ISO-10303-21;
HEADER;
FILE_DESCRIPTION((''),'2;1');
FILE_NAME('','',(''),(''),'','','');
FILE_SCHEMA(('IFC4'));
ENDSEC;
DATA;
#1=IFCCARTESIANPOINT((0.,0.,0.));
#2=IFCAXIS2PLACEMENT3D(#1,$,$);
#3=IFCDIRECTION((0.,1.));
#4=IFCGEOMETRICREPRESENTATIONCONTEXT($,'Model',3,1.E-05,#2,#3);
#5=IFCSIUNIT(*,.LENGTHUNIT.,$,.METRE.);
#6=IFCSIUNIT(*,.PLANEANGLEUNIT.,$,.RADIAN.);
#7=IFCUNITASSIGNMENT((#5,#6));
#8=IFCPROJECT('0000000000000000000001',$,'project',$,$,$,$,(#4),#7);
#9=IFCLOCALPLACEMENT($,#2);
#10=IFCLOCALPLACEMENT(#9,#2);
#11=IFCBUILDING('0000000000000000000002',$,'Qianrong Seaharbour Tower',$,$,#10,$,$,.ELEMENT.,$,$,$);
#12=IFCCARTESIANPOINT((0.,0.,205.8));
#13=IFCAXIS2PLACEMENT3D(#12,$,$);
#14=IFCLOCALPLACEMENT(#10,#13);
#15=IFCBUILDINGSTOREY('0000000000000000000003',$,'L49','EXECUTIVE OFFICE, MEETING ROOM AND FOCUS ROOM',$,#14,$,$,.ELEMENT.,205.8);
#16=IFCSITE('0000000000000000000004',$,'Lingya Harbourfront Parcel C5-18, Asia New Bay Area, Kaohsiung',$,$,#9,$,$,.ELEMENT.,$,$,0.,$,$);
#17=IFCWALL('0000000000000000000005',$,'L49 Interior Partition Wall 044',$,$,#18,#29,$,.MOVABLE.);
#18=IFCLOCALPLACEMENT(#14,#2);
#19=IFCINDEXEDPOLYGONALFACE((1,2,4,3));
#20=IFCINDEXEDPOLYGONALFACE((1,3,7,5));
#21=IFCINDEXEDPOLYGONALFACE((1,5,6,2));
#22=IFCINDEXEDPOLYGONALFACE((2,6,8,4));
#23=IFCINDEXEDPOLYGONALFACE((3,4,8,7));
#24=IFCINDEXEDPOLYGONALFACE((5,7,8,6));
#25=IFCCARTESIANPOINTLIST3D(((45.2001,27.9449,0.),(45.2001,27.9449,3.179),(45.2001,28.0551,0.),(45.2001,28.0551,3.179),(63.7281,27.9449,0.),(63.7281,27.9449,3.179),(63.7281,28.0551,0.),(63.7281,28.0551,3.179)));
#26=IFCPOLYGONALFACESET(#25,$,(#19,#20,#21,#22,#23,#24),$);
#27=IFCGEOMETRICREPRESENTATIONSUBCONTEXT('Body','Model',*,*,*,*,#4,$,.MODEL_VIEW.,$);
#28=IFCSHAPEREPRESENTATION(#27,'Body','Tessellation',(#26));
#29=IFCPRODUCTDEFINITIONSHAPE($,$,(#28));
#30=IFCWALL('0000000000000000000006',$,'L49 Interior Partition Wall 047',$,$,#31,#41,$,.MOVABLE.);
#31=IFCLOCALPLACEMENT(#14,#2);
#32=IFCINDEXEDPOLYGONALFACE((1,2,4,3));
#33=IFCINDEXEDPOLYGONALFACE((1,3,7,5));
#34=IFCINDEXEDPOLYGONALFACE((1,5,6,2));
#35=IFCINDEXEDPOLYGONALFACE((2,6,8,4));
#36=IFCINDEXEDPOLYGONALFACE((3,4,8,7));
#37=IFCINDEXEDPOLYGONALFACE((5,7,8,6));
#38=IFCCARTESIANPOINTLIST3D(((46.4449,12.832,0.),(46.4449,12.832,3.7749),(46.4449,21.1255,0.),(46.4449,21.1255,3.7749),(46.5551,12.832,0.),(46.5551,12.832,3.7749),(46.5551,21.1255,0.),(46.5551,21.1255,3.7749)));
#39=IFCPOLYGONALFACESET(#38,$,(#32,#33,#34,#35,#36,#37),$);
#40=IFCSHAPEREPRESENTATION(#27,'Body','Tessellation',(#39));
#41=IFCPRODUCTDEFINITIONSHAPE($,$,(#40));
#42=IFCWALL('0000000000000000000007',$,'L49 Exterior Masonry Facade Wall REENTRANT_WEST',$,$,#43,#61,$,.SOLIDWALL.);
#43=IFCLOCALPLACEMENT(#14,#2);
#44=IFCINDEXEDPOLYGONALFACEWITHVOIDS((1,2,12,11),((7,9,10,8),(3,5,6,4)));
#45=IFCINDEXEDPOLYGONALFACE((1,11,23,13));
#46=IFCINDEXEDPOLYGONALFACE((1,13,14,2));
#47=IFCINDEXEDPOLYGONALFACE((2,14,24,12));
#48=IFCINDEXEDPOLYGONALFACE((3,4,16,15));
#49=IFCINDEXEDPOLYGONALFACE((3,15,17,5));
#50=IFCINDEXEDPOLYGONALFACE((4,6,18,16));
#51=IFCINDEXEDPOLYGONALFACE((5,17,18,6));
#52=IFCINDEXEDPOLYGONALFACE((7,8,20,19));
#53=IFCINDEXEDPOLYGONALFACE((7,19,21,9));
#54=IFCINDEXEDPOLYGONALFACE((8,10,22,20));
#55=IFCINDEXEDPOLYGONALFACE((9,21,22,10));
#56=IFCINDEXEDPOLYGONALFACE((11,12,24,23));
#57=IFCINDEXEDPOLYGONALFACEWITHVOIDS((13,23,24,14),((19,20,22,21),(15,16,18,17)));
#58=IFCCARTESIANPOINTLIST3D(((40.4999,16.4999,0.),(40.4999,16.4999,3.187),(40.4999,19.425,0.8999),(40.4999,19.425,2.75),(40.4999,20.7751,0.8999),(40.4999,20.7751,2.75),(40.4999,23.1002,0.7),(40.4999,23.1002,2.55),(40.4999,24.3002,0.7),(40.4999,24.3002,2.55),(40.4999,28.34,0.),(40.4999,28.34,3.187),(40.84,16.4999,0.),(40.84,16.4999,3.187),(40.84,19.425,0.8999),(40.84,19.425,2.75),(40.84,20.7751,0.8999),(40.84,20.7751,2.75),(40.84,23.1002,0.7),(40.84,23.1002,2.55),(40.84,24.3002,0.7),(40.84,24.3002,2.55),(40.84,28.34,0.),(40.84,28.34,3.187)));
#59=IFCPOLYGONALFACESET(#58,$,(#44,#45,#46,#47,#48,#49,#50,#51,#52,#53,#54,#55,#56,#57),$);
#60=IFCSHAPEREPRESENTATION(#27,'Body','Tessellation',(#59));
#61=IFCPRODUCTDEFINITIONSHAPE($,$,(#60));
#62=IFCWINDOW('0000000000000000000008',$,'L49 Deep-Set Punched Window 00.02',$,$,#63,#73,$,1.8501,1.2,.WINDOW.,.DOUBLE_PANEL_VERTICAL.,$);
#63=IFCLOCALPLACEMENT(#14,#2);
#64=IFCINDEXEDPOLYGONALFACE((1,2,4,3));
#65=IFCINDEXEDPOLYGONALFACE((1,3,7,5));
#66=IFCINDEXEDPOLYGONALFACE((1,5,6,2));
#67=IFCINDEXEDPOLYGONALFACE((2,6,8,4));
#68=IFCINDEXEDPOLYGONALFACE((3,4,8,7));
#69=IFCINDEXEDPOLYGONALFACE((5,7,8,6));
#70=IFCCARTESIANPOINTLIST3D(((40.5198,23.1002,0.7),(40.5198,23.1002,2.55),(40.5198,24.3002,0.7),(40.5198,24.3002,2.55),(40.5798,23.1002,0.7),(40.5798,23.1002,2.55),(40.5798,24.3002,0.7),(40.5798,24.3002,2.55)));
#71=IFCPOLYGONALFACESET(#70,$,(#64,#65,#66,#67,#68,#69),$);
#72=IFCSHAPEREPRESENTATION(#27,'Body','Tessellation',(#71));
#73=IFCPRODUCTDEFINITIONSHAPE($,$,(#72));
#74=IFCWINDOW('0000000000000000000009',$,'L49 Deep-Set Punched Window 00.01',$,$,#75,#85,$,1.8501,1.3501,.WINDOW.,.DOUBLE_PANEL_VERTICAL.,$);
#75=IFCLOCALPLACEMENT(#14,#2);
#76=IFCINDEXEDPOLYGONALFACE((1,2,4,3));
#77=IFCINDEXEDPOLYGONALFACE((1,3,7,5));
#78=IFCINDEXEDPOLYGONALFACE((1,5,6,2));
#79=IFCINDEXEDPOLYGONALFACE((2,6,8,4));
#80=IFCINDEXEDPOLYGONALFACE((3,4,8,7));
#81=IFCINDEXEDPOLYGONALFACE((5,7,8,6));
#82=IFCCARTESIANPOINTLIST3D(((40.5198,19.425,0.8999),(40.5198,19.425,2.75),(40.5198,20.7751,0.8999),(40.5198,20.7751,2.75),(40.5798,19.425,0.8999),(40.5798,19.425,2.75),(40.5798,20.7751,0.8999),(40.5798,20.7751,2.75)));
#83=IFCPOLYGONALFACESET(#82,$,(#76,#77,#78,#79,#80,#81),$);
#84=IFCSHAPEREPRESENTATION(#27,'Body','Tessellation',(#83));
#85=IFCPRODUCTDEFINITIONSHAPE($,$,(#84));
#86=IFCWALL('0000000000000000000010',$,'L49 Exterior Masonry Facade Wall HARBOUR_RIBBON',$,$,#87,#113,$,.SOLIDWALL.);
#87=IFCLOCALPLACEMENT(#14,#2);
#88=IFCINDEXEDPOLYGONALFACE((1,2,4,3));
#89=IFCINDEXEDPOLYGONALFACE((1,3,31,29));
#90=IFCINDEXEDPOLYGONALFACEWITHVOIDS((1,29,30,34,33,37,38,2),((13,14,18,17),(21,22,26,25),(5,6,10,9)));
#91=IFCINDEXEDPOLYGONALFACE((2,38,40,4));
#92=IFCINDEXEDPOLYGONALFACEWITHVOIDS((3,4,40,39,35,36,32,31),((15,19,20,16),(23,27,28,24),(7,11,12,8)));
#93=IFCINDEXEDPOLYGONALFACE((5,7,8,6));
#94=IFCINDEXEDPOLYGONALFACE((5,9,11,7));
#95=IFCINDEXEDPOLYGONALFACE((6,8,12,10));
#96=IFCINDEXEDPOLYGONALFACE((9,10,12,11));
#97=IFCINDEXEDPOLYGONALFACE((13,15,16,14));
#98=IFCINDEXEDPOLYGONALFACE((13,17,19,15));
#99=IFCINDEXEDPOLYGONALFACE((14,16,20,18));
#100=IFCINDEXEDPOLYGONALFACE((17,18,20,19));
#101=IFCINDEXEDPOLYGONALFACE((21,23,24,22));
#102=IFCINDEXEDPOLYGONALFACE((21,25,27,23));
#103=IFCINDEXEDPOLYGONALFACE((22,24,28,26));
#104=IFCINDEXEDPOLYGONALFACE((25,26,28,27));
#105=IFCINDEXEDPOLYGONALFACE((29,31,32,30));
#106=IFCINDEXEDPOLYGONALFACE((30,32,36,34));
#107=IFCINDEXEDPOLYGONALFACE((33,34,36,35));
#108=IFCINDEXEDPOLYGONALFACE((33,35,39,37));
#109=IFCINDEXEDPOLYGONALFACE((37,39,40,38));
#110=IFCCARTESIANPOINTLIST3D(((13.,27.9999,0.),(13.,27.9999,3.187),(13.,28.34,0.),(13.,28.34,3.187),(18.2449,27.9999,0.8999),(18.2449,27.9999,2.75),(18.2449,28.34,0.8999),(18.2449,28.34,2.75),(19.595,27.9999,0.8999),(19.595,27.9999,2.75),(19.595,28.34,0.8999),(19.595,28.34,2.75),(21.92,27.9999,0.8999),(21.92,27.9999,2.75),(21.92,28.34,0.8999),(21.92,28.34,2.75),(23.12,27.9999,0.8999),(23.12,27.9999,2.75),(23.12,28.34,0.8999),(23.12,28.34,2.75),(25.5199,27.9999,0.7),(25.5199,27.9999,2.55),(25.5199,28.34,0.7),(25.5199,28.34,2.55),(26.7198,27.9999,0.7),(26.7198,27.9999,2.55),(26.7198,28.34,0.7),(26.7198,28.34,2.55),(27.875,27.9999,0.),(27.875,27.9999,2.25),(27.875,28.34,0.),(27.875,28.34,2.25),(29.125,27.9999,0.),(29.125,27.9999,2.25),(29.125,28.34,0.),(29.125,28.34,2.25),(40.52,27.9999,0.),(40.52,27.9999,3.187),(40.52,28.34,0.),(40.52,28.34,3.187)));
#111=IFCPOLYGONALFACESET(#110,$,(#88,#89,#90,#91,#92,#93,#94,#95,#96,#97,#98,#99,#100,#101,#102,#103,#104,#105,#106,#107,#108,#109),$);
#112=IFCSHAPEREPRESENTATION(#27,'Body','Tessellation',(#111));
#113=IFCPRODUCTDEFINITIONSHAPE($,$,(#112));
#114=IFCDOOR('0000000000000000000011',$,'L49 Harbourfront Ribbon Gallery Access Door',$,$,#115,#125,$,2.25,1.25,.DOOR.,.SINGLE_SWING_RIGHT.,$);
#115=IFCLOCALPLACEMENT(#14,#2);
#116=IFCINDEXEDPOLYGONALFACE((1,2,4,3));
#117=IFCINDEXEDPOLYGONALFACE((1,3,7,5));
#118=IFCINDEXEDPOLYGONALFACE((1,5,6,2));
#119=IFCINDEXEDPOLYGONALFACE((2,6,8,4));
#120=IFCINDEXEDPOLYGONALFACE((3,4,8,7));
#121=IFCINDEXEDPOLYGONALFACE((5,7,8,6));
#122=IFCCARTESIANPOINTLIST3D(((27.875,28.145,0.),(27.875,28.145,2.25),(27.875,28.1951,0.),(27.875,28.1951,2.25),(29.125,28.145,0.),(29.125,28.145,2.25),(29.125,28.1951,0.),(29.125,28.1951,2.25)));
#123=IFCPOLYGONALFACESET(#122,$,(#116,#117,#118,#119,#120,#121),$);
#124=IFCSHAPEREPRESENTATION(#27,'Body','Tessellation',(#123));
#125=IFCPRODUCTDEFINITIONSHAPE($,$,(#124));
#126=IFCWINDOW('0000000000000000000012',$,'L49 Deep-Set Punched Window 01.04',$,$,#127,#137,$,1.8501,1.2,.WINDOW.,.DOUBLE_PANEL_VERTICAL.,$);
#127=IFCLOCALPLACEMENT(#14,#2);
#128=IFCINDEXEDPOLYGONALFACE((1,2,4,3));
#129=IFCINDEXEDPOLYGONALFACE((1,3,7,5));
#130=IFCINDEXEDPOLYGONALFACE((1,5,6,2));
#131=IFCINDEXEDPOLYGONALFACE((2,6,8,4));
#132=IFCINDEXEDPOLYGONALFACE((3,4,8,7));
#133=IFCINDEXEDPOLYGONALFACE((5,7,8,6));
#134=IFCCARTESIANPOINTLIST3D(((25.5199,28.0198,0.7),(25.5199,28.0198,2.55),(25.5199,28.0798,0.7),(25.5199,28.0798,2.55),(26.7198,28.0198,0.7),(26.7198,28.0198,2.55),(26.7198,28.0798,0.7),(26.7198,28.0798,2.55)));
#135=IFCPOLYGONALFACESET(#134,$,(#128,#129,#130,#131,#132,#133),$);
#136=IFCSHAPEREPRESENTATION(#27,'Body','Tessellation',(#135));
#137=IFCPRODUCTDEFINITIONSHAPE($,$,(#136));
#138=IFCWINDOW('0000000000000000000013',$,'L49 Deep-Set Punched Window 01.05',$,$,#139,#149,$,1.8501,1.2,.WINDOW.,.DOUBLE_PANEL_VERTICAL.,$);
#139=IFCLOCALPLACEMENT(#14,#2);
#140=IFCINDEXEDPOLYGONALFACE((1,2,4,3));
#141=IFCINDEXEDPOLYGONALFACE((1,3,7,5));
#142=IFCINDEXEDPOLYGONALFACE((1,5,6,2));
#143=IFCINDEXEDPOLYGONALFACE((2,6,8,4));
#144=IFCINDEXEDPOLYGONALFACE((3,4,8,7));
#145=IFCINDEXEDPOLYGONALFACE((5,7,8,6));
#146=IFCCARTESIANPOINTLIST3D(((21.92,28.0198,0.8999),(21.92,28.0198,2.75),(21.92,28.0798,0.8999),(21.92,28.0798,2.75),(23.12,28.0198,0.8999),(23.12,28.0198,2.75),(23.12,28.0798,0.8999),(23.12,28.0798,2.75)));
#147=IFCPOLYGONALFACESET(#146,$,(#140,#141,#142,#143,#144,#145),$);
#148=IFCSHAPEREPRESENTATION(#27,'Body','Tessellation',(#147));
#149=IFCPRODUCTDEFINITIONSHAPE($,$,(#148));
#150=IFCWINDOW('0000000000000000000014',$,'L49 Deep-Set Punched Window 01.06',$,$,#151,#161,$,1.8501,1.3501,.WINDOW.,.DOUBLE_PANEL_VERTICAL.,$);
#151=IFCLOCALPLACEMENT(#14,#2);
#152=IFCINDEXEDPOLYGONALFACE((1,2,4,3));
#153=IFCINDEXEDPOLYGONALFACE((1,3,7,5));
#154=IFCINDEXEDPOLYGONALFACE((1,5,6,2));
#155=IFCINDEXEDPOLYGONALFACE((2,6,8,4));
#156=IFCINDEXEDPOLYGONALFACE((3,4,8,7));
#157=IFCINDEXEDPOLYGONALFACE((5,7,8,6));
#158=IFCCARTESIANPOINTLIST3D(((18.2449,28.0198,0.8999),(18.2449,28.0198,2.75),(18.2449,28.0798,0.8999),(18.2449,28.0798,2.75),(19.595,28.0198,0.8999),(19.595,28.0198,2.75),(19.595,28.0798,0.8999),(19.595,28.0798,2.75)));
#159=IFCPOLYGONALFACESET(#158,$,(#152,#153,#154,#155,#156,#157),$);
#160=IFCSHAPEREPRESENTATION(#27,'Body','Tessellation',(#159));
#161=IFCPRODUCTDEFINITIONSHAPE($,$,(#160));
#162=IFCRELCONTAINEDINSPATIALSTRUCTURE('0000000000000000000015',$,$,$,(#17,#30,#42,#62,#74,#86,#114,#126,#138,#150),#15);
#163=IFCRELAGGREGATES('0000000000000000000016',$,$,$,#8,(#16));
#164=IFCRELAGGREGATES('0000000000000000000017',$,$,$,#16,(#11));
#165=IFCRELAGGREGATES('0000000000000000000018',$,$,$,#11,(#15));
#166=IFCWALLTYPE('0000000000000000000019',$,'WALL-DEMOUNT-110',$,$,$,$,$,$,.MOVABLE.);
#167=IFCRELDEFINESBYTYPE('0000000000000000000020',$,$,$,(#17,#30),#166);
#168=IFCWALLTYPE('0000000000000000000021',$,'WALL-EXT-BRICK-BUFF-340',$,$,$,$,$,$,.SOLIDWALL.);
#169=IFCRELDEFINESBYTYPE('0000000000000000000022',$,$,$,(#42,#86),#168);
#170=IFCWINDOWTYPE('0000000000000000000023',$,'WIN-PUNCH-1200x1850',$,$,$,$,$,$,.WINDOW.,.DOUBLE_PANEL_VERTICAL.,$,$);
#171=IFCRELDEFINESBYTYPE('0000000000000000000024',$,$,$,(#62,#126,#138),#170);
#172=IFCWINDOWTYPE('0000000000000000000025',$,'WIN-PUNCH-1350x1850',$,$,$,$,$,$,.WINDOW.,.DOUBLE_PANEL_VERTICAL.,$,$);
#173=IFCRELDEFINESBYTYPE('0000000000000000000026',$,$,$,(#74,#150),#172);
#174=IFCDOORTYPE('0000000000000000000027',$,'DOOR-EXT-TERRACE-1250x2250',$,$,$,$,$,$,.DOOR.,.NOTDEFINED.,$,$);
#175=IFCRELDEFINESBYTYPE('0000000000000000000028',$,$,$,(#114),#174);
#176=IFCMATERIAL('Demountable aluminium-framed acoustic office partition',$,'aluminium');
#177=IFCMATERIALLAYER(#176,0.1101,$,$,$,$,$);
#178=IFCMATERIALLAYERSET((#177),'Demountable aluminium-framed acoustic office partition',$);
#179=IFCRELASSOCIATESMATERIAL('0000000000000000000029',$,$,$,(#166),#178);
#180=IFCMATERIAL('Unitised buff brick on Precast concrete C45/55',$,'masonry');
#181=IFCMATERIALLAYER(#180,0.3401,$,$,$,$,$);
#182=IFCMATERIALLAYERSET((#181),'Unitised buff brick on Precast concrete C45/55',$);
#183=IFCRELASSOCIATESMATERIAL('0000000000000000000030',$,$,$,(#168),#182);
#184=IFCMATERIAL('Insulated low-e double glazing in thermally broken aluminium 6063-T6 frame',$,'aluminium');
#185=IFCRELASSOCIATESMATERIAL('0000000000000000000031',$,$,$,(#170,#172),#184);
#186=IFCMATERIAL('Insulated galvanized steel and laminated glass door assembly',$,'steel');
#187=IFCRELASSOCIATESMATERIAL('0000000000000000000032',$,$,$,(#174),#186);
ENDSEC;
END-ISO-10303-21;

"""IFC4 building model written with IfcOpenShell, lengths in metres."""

from ifc_helpers import new_model, si_unit, direction, frame, frame_2d, origin, place, context, subcontext, project, spatial, rectangle, extrude, material, layer, layer_set, type_object, element, fill, save


model = new_model("IFC4")

# Units and contexts
model_context = context("Model", 3, precision=1e-05, world=origin(), true_north=direction((0.0, 1.0)))
body_context = subcontext(model_context, "Body", "Model", "MODEL_VIEW")
ifc_project = project(units=[si_unit("LENGTHUNIT", "METRE"), si_unit("PLANEANGLEUNIT", "RADIAN")], contexts=[model_context])

# Site, building, storey
site_placement = place(None, origin())
site = spatial("IfcSite", under=ifc_project, at=site_placement, Name="Lingya Harbourfront Parcel C5-18, Asia New Bay Area, Kaohsiung", CompositionType="ELEMENT", RefElevation=0.0)
building_placement = place(site_placement, origin())
building = spatial("IfcBuilding", under=site, at=building_placement, Name="Qianrong Seaharbour Tower", CompositionType="ELEMENT")
storey_placement = place(building_placement, frame((0.0, 0.0, 205.8)))
storey = spatial("IfcBuildingStorey", under=building, at=storey_placement, Name="L49", Description="EXECUTIVE OFFICE, MEETING ROOM AND FOCUS ROOM", CompositionType="ELEMENT", Elevation=205.8)

# Walls
ifc_material_1 = material(Name="Demountable aluminium-framed acoustic office partition", Category="aluminium")
ifc_layer_1 = layer(ifc_material_1, 0.1101)
ifc_layer_set_1 = layer_set([ifc_layer_1], Name="Demountable aluminium-framed acoustic office partition")
wall_type_1 = type_object("IfcWallType", Name="WALL-DEMOUNT-110", PredefinedType="MOVABLE", material=ifc_layer_set_1)
wall_1_placement = place(storey_placement, frame((45.2, 28.0, 0.0), z_axis=(0.0, 0.0, 1.0), x_axis=(1.0, 0.0, 0.0)))
element("IfcWall", 1, at=wall_1_placement, inside=storey, type_object=wall_type_1, Name="L49 Interior Partition Wall 044", PredefinedType="MOVABLE", context=body_context, shape_type="SweptSolid", body=[
    extrude(rectangle(XDim=18.5281, YDim=0.1101, at=frame_2d((9.2642, 0.0))), origin(), (0.0, 0.0, 1.0), 3.179),
])
wall_2_placement = place(storey_placement, frame((46.5, 21.1255, 0.0), z_axis=(0.0, 0.0, 1.0), x_axis=(0.0, -1.0, 0.0)))
element("IfcWall", 2, at=wall_2_placement, inside=storey, type_object=wall_type_1, Name="L49 Interior Partition Wall 047", PredefinedType="MOVABLE", context=body_context, shape_type="SweptSolid", body=[
    extrude(rectangle(XDim=8.2935, YDim=0.1101, at=frame_2d((4.1467, 0.0))), origin(), (0.0, 0.0, 1.0), 3.7749),
])

# Wall, openings, windows
ifc_material_2 = material(Name="Unitised buff brick on Precast concrete C45/55", Category="masonry")
ifc_layer_2 = layer(ifc_material_2, 0.3401)
ifc_layer_set_2 = layer_set([ifc_layer_2], Name="Unitised buff brick on Precast concrete C45/55")
wall_type_2 = type_object("IfcWallType", Name="WALL-EXT-BRICK-BUFF-340", PredefinedType="SOLIDWALL", material=ifc_layer_set_2)
wall_3_placement = place(storey_placement, frame((40.6699, 16.5, 0.0), z_axis=(0.0, 0.0, 1.0), x_axis=(0.0, 1.0, 0.0)))
wall_3 = element("IfcWall", 3, at=wall_3_placement, inside=storey, type_object=wall_type_2, Name="L49 Exterior Masonry Facade Wall REENTRANT_WEST", PredefinedType="SOLIDWALL", context=body_context, shape_type="SweptSolid", body=[
    extrude(rectangle(XDim=11.8401, YDim=0.3401, at=frame_2d((5.9199, 0.0))), origin(), (0.0, 0.0, 1.0), 3.187),
])
opening_1_placement = place(wall_3_placement, frame((2.925, 0.0, 0.8999)))
opening_1 = element("IfcOpeningElement", 4, at=opening_1_placement, cuts=wall_3, PredefinedType="OPENING", context=body_context, shape_type="SweptSolid", body=[
    extrude(rectangle(XDim=1.3501, YDim=1.8501, at=frame_2d((0.675, 0.925))), frame((0.0, 0.1802, 0.0), z_axis=(0.0, -1.0, 0.0), x_axis=(1.0, 0.0, 0.0)), (0.0, 0.0, 1.0), 0.3601),
])
opening_2_placement = place(wall_3_placement, frame((6.6001, 0.0, 0.7)))
opening_2 = element("IfcOpeningElement", 5, at=opening_2_placement, cuts=wall_3, PredefinedType="OPENING", context=body_context, shape_type="SweptSolid", body=[
    extrude(rectangle(XDim=1.2, YDim=1.8501, at=frame_2d((0.6001, 0.925))), frame((0.0, 0.1802, 0.0), z_axis=(0.0, -1.0, 0.0), x_axis=(1.0, 0.0, 0.0)), (0.0, 0.0, 1.0), 0.3601),
])
ifc_material_3 = material(Name="Insulated low-e double glazing in thermally broken aluminium 6063-T6 frame", Category="aluminium")
window_type_1 = type_object("IfcWindowType", Name="WIN-PUNCH-1200x1850", PartitioningType="DOUBLE_PANEL_VERTICAL", PredefinedType="WINDOW", material=ifc_material_3)
window_1_placement = place(opening_2_placement, origin())
window_1 = element("IfcWindow", 6, at=window_1_placement, inside=storey, type_object=window_type_1, Name="L49 Deep-Set Punched Window 00.02", OverallHeight=1.8501, OverallWidth=1.2, PartitioningType="DOUBLE_PANEL_VERTICAL", PredefinedType="WINDOW", context=body_context, shape_type="SweptSolid", body=[
    extrude(rectangle(XDim=1.2, YDim=1.8501, at=frame_2d((0.6001, 0.925))), frame((0.0, 0.1501, 0.0), z_axis=(0.0, -1.0, 0.0), x_axis=(1.0, 0.0, 0.0)), (0.0, 0.0, 1.0), 0.0601),
])
fill(opening_2, window_1)
window_type_2 = type_object("IfcWindowType", Name="WIN-PUNCH-1350x1850", PartitioningType="DOUBLE_PANEL_VERTICAL", PredefinedType="WINDOW", material=ifc_material_3)
window_2_placement = place(opening_1_placement, origin())
window_2 = element("IfcWindow", 7, at=window_2_placement, inside=storey, type_object=window_type_2, Name="L49 Deep-Set Punched Window 00.01", OverallHeight=1.8501, OverallWidth=1.3501, PartitioningType="DOUBLE_PANEL_VERTICAL", PredefinedType="WINDOW", context=body_context, shape_type="SweptSolid", body=[
    extrude(rectangle(XDim=1.3501, YDim=1.8501, at=frame_2d((0.675, 0.925))), frame((0.0, 0.1501, 0.0), z_axis=(0.0, -1.0, 0.0), x_axis=(1.0, 0.0, 0.0)), (0.0, 0.0, 1.0), 0.0601),
])
fill(opening_1, window_2)

# Wall, openings, door, windows
wall_4_placement = place(storey_placement, frame((40.52, 28.1699, 0.0), z_axis=(0.0, 0.0, 1.0), x_axis=(-1.0, 0.0, 0.0)))
wall_4 = element("IfcWall", 8, at=wall_4_placement, inside=storey, type_object=wall_type_2, Name="L49 Exterior Masonry Facade Wall HARBOUR_RIBBON", PredefinedType="SOLIDWALL", context=body_context, shape_type="SweptSolid", body=[
    extrude(rectangle(XDim=27.52, YDim=0.3401, at=frame_2d((13.76, 0.0))), origin(), (0.0, 0.0, 1.0), 3.187),
])
opening_3_placement = place(wall_4_placement, frame((13.8, 0.0, 0.7)))
opening_3 = element("IfcOpeningElement", 9, at=opening_3_placement, cuts=wall_4, PredefinedType="OPENING", context=body_context, shape_type="SweptSolid", body=[
    extrude(rectangle(XDim=1.2, YDim=1.8501, at=frame_2d((0.6001, 0.925))), frame((0.0, 0.1802, 0.0), z_axis=(0.0, -1.0, 0.0), x_axis=(1.0, 0.0, 0.0)), (0.0, 0.0, 1.0), 0.3601),
])
opening_4_placement = place(wall_4_placement, frame((17.3999, 0.0, 0.8999)))
opening_4 = element("IfcOpeningElement", 10, at=opening_4_placement, cuts=wall_4, PredefinedType="OPENING", context=body_context, shape_type="SweptSolid", body=[
    extrude(rectangle(XDim=1.2, YDim=1.8501, at=frame_2d((0.6001, 0.925))), frame((0.0, 0.1802, 0.0), z_axis=(0.0, -1.0, 0.0), x_axis=(1.0, 0.0, 0.0)), (0.0, 0.0, 1.0), 0.3601),
])
opening_5_placement = place(wall_4_placement, frame((20.925, 0.0, 0.8999)))
opening_5 = element("IfcOpeningElement", 11, at=opening_5_placement, cuts=wall_4, PredefinedType="OPENING", context=body_context, shape_type="SweptSolid", body=[
    extrude(rectangle(XDim=1.3501, YDim=1.8501, at=frame_2d((0.675, 0.925))), frame((0.0, 0.1802, 0.0), z_axis=(0.0, -1.0, 0.0), x_axis=(1.0, 0.0, 0.0)), (0.0, 0.0, 1.0), 0.3601),
])
opening_6_placement = place(wall_4_placement, frame((11.395, 0.0, 0.0)))
opening_6 = element("IfcOpeningElement", 12, at=opening_6_placement, cuts=wall_4, PredefinedType="OPENING", context=body_context, shape_type="SweptSolid", body=[
    extrude(rectangle(XDim=1.25, YDim=2.25, at=frame_2d((0.625, 1.125))), frame((0.0, 0.1802, 0.0), z_axis=(0.0, -1.0, 0.0), x_axis=(1.0, 0.0, 0.0)), (0.0, 0.0, 1.0), 0.3601),
])
ifc_material_4 = material(Name="Insulated galvanized steel and laminated glass door assembly", Category="steel")
door_type_1 = type_object("IfcDoorType", Name="DOOR-EXT-TERRACE-1250x2250", OperationType="NOTDEFINED", PredefinedType="DOOR", material=ifc_material_4)
door_1_placement = place(opening_6_placement, origin())
door_1 = element("IfcDoor", 13, at=door_1_placement, inside=storey, type_object=door_type_1, Name="L49 Harbourfront Ribbon Gallery Access Door", OperationType="SINGLE_SWING_RIGHT", OverallHeight=2.25, OverallWidth=1.25, PredefinedType="DOOR", context=body_context, shape_type="SweptSolid", body=[
    extrude(rectangle(XDim=1.25, YDim=2.25, at=frame_2d((0.625, 1.125))), frame((0.0, 0.0249, 0.0), z_axis=(0.0, -1.0, 0.0), x_axis=(1.0, 0.0, 0.0)), (0.0, 0.0, 1.0), 0.05),
])
fill(opening_6, door_1)
window_3_placement = place(opening_3_placement, origin())
window_3 = element("IfcWindow", 14, at=window_3_placement, inside=storey, type_object=window_type_1, Name="L49 Deep-Set Punched Window 01.04", OverallHeight=1.8501, OverallWidth=1.2, PartitioningType="DOUBLE_PANEL_VERTICAL", PredefinedType="WINDOW", context=body_context, shape_type="SweptSolid", body=[
    extrude(rectangle(XDim=1.2, YDim=1.8501, at=frame_2d((0.6001, 0.925))), frame((0.0, 0.1501, 0.0), z_axis=(0.0, -1.0, 0.0), x_axis=(1.0, 0.0, 0.0)), (0.0, 0.0, 1.0), 0.0601),
])
fill(opening_3, window_3)
window_4_placement = place(opening_4_placement, origin())
window_4 = element("IfcWindow", 15, at=window_4_placement, inside=storey, type_object=window_type_1, Name="L49 Deep-Set Punched Window 01.05", OverallHeight=1.8501, OverallWidth=1.2, PartitioningType="DOUBLE_PANEL_VERTICAL", PredefinedType="WINDOW", context=body_context, shape_type="SweptSolid", body=[
    extrude(rectangle(XDim=1.2, YDim=1.8501, at=frame_2d((0.6001, 0.925))), frame((0.0, 0.1501, 0.0), z_axis=(0.0, -1.0, 0.0), x_axis=(1.0, 0.0, 0.0)), (0.0, 0.0, 1.0), 0.0601),
])
fill(opening_4, window_4)
window_5_placement = place(opening_5_placement, origin())
window_5 = element("IfcWindow", 16, at=window_5_placement, inside=storey, type_object=window_type_2, Name="L49 Deep-Set Punched Window 01.06", OverallHeight=1.8501, OverallWidth=1.3501, PartitioningType="DOUBLE_PANEL_VERTICAL", PredefinedType="WINDOW", context=body_context, shape_type="SweptSolid", body=[
    extrude(rectangle(XDim=1.3501, YDim=1.8501, at=frame_2d((0.675, 0.925))), frame((0.0, 0.1501, 0.0), z_axis=(0.0, -1.0, 0.0), x_axis=(1.0, 0.0, 0.0)), (0.0, 0.0, 1.0), 0.0601),
])
fill(opening_5, window_5)

save(model, "model.ifc")
